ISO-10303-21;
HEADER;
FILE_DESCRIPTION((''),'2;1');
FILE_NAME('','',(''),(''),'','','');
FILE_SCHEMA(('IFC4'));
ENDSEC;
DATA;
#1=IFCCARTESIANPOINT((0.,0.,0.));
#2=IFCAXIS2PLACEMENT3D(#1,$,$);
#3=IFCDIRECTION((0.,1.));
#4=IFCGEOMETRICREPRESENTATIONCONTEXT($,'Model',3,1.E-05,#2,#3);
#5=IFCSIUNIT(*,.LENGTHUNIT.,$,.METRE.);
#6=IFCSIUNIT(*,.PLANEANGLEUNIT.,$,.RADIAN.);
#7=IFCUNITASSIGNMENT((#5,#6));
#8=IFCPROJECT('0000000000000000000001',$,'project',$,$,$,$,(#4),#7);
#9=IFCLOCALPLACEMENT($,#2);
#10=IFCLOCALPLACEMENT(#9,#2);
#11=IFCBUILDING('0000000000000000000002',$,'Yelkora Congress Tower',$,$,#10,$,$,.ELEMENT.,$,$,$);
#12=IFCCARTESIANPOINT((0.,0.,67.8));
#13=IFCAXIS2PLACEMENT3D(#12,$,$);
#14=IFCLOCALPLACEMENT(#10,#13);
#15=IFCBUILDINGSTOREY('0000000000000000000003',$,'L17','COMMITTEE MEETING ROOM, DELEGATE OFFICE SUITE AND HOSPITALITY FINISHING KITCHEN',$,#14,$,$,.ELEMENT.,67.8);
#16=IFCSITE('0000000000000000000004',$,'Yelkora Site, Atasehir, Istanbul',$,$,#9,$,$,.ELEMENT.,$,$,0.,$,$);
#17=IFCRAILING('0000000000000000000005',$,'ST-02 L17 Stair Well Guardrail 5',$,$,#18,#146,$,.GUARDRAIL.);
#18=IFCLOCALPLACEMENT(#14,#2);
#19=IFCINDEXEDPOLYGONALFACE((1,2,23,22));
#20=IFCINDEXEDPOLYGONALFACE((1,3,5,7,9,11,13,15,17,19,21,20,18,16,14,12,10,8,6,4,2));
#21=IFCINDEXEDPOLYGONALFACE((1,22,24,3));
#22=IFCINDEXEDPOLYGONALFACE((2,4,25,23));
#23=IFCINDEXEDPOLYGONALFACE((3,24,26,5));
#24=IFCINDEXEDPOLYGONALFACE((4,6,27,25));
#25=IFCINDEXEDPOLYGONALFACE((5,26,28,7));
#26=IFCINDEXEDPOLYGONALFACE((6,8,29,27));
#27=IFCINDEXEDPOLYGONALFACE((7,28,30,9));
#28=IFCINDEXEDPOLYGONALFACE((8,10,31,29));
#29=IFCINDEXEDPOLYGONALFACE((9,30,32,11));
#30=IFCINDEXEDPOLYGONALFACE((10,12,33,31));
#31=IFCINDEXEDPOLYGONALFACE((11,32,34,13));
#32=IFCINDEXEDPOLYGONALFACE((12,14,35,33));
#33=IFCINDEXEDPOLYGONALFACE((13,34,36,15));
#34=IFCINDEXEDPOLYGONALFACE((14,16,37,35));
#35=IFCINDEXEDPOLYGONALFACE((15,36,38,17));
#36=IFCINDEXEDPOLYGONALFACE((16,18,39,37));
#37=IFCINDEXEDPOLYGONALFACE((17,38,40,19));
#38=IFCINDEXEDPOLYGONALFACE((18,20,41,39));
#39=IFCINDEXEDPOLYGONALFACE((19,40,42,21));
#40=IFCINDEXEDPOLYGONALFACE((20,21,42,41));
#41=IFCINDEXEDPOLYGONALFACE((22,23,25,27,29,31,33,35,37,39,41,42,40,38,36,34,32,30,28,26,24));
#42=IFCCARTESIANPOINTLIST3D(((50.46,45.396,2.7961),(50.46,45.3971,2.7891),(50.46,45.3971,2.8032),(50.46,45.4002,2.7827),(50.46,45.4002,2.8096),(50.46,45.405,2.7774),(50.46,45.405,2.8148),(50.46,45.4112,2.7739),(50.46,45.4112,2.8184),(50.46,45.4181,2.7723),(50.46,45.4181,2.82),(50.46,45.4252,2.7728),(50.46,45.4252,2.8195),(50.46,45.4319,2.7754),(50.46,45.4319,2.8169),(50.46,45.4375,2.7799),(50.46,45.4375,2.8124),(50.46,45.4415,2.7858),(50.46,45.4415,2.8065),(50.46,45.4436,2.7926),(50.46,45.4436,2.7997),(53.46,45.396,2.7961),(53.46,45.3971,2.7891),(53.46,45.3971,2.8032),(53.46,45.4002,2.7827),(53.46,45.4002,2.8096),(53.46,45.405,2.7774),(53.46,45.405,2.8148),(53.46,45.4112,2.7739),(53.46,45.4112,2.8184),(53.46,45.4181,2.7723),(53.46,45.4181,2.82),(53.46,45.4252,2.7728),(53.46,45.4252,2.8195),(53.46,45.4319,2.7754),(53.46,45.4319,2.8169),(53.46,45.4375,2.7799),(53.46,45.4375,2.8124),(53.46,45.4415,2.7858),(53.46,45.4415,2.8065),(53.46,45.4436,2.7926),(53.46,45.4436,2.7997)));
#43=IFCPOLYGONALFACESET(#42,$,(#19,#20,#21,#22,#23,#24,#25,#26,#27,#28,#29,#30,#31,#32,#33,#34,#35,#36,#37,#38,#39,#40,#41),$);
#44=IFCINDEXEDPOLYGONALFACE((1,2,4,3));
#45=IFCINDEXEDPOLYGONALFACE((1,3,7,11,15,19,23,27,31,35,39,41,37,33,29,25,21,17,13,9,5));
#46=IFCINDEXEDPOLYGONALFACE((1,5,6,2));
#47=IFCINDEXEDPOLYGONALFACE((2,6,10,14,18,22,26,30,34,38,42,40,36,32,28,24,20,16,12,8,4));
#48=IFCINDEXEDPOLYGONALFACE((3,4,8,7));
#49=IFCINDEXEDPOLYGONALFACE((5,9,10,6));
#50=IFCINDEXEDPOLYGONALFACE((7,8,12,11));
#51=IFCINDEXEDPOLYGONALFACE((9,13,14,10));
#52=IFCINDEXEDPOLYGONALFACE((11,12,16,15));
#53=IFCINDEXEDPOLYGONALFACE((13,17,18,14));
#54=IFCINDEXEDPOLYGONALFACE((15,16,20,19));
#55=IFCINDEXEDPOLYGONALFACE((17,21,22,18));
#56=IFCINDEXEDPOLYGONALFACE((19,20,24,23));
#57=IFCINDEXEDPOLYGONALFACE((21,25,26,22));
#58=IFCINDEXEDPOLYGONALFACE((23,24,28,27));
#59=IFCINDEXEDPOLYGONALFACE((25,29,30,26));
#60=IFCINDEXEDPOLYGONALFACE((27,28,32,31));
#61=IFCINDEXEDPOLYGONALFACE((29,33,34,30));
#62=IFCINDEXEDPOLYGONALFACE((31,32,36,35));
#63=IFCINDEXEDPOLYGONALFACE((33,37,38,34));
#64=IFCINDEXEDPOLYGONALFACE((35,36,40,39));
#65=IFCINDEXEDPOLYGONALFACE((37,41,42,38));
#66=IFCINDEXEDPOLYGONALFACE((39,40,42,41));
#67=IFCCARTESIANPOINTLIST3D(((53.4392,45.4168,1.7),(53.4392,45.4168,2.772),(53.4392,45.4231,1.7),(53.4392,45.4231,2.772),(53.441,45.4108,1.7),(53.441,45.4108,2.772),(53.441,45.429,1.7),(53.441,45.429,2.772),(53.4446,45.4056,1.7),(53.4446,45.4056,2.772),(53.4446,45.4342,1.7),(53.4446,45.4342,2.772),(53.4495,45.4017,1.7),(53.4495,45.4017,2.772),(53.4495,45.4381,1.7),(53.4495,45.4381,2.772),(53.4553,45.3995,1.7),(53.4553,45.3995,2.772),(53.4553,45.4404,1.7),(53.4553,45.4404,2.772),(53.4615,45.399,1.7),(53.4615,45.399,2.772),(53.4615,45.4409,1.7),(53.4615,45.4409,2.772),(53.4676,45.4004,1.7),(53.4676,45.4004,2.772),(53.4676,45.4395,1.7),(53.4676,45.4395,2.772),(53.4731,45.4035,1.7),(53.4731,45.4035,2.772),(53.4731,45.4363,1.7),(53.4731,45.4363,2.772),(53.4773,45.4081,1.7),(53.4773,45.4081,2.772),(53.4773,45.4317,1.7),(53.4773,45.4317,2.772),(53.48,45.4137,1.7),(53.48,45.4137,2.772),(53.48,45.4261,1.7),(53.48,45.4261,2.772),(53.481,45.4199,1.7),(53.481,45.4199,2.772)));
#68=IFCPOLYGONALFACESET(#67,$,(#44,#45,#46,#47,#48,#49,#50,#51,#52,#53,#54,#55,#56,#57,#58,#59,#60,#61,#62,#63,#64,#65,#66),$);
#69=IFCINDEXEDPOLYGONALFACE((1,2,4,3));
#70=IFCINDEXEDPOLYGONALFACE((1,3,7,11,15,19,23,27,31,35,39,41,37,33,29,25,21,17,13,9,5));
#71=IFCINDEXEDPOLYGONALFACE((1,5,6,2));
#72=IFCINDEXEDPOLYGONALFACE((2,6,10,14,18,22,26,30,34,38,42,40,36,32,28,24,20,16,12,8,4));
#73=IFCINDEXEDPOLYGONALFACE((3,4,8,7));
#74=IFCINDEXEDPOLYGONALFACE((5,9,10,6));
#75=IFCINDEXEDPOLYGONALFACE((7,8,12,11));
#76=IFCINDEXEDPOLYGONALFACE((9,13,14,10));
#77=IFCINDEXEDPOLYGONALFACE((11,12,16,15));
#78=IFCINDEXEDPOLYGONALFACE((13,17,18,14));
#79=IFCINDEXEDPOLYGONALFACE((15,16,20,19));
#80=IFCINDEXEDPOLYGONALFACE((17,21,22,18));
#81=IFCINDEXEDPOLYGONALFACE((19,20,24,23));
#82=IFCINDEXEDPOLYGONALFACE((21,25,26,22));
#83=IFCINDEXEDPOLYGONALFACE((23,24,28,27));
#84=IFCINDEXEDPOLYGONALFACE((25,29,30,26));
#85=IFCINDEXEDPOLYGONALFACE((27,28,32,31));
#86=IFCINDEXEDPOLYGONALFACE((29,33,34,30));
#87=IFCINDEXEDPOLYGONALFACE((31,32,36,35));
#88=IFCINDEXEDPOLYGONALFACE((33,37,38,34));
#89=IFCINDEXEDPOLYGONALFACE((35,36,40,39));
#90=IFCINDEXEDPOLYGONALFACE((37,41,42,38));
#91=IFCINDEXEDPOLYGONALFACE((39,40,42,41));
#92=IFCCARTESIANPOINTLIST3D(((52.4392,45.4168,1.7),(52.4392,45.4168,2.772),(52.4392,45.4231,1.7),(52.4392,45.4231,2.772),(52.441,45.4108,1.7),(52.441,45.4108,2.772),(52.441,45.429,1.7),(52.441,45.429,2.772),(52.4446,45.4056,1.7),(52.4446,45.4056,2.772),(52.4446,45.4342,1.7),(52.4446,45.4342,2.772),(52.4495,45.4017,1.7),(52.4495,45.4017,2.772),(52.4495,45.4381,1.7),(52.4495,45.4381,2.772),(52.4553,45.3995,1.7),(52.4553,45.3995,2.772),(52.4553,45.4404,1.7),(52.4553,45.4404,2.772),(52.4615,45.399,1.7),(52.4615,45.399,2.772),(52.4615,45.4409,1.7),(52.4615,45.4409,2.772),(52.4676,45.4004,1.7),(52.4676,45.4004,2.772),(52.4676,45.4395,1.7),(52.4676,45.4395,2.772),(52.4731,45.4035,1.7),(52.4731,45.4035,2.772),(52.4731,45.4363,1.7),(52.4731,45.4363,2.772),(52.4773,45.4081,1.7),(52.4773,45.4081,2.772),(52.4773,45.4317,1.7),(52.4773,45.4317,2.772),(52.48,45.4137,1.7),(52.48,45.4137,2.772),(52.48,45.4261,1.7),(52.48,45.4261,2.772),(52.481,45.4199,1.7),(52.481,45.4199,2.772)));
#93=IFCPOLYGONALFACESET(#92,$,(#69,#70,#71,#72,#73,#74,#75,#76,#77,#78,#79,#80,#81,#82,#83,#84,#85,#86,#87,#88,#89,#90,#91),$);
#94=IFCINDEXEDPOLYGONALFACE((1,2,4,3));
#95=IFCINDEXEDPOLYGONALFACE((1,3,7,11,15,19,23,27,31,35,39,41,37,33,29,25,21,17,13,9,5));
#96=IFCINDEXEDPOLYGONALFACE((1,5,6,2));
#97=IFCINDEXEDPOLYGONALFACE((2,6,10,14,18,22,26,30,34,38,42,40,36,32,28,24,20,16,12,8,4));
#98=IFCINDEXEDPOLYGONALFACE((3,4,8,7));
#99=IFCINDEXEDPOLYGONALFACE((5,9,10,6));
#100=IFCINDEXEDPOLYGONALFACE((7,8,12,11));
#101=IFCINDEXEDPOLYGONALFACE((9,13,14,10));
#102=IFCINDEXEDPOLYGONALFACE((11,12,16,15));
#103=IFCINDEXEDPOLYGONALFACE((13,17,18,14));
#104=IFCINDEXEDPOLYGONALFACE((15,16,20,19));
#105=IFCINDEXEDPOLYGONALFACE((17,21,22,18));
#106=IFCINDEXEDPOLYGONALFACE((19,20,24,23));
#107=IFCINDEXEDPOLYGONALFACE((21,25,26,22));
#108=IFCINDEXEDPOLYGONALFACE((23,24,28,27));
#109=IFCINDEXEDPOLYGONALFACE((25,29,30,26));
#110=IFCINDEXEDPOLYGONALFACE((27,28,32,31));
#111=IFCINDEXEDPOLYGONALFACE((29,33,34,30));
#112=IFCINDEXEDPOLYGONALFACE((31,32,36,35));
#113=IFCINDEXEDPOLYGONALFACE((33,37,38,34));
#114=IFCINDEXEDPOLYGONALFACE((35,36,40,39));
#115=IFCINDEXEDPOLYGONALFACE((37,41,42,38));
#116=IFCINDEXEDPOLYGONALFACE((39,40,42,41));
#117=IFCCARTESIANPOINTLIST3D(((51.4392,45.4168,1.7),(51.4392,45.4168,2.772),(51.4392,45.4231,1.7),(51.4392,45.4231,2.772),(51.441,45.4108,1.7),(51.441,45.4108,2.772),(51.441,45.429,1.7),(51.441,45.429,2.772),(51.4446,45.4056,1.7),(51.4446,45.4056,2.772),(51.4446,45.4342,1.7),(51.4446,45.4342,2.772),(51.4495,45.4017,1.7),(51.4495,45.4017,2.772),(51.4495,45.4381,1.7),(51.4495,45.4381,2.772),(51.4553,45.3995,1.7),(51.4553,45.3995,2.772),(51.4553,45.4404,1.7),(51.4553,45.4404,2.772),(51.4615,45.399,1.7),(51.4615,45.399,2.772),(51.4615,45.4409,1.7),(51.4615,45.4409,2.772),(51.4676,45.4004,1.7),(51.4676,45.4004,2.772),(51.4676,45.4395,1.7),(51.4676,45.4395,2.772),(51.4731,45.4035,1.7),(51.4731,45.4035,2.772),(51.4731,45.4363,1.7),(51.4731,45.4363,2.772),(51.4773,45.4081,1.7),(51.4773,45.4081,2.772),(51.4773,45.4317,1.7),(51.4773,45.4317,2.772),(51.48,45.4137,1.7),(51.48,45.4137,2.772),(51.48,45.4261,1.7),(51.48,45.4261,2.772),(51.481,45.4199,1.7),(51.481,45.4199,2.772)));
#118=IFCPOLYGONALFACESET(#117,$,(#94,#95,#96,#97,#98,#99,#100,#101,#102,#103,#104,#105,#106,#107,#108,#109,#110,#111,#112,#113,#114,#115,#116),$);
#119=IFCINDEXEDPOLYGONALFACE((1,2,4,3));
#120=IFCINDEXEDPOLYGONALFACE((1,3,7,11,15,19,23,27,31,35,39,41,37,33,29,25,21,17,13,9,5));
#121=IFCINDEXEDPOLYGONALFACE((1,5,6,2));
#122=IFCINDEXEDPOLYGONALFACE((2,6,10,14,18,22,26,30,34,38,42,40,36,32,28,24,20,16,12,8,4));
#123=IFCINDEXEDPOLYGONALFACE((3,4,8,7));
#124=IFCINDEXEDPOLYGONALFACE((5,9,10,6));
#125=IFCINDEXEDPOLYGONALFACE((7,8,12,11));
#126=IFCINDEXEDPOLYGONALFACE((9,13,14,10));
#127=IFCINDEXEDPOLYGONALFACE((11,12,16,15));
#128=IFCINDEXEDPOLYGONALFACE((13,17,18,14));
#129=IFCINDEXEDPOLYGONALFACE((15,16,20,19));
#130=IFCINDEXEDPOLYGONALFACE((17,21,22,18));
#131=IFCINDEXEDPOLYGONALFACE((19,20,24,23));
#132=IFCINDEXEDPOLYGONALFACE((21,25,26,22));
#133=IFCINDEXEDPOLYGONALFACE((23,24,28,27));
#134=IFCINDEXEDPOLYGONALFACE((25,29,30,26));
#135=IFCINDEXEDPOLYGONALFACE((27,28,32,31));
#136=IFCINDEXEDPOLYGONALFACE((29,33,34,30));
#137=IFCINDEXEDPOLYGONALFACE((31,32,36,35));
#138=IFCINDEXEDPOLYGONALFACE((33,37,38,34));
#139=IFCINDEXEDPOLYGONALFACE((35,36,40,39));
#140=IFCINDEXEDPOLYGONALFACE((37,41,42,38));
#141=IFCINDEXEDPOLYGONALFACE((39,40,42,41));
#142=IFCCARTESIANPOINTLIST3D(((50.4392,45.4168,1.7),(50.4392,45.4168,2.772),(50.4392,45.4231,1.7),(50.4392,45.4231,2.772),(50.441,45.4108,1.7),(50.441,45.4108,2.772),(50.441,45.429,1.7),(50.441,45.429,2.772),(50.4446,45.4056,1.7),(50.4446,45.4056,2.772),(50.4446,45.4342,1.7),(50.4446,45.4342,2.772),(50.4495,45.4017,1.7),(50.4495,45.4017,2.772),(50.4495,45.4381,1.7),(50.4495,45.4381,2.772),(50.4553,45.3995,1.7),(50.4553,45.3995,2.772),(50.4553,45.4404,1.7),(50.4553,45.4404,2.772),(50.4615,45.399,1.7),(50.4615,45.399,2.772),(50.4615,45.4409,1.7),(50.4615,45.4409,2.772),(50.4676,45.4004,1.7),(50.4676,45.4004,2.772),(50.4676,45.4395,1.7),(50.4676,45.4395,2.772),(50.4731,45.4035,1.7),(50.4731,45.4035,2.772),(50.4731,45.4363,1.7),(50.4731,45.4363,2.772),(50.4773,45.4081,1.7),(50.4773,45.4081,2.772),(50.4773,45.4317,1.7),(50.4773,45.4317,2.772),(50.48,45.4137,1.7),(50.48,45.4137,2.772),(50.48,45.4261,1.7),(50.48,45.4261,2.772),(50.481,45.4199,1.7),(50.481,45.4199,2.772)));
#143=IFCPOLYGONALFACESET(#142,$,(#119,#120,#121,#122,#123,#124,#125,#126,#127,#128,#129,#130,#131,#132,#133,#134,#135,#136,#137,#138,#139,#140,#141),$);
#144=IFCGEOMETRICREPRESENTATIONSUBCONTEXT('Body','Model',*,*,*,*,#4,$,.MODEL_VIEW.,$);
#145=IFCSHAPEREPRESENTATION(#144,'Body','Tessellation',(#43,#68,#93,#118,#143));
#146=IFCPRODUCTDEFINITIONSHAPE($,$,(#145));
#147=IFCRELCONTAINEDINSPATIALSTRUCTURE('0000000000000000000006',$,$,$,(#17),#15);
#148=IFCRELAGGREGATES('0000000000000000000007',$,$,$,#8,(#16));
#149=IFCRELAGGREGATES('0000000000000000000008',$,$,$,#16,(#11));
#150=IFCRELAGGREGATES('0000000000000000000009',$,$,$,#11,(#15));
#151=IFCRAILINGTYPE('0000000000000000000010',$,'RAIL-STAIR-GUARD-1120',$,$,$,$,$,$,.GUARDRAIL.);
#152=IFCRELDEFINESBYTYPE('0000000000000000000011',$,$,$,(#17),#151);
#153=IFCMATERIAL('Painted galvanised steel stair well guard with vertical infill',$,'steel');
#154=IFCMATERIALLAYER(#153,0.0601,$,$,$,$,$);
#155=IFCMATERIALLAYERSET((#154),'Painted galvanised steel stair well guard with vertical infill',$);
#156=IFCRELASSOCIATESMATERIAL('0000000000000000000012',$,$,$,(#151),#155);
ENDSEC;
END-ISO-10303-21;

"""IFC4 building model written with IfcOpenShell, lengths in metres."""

from ifc_helpers import new_model, si_unit, direction, frame, origin, origin_2d, place, context, subcontext, project, spatial, circle, extrude, material, layer, layer_set, type_object, element, save


model = new_model("IFC4")

# Units and contexts
model_context = context("Model", 3, precision=1e-05, world=origin(), true_north=direction((0.0, 1.0)))
body_context = subcontext(model_context, "Body", "Model", "MODEL_VIEW")
ifc_project = project(units=[si_unit("LENGTHUNIT", "METRE"), si_unit("PLANEANGLEUNIT", "RADIAN")], contexts=[model_context])

# Site, building, storey
site_placement = place(None, origin())
site = spatial("IfcSite", under=ifc_project, at=site_placement, Name="Yelkora Site, Atasehir, Istanbul", CompositionType="ELEMENT", RefElevation=0.0)
building_placement = place(site_placement, origin())
building = spatial("IfcBuilding", under=site, at=building_placement, Name="Yelkora Congress Tower", CompositionType="ELEMENT")
storey_placement = place(building_placement, frame((0.0, 0.0, 67.8)))
storey = spatial("IfcBuildingStorey", under=building, at=storey_placement, Name="L17", Description="COMMITTEE MEETING ROOM, DELEGATE OFFICE SUITE AND HOSPITALITY FINISHING KITCHEN", CompositionType="ELEMENT", Elevation=67.8)

# Railing
ifc_material_1 = material(Name="Painted galvanised steel stair well guard with vertical infill", Category="steel")
ifc_layer_1 = layer(ifc_material_1, 0.0601)
ifc_layer_set_1 = layer_set([ifc_layer_1], Name="Painted galvanised steel stair well guard with vertical infill")
railing_type_1 = type_object("IfcRailingType", Name="RAIL-STAIR-GUARD-1120", PredefinedType="GUARDRAIL", material=ifc_layer_set_1)
railing_1_placement = place(storey_placement, frame((53.46, 45.4199, 1.7)))
element("IfcRailing", 1, at=railing_1_placement, inside=storey, type_object=railing_type_1, Name="ST-02 L17 Stair Well Guardrail 5", PredefinedType="GUARDRAIL", context=body_context, shape_type="SweptSolid", body=[
    extrude(circle(Radius=0.0239, at=origin_2d()), frame((0.0, 0.0, 1.0962), z_axis=(-1.0, 0.0, 0.0), x_axis=(0.0, -1.0, 0.0)), (0.0, 0.0, 1.0), 3.0),
    extrude(circle(Radius=0.021, at=origin_2d()), origin(), (0.0, 0.0, 1.0), 1.072),
    extrude(circle(Radius=0.021, at=origin_2d()), frame((-1.0, 0.0, 0.0)), (0.0, 0.0, 1.0), 1.072),
    extrude(circle(Radius=0.021, at=origin_2d()), frame((-2.0, 0.0, 0.0)), (0.0, 0.0, 1.0), 1.072),
    extrude(circle(Radius=0.021, at=origin_2d()), frame((-3.0, 0.0, 0.0)), (0.0, 0.0, 1.0), 1.072),
])

save(model, "model.ifc")
